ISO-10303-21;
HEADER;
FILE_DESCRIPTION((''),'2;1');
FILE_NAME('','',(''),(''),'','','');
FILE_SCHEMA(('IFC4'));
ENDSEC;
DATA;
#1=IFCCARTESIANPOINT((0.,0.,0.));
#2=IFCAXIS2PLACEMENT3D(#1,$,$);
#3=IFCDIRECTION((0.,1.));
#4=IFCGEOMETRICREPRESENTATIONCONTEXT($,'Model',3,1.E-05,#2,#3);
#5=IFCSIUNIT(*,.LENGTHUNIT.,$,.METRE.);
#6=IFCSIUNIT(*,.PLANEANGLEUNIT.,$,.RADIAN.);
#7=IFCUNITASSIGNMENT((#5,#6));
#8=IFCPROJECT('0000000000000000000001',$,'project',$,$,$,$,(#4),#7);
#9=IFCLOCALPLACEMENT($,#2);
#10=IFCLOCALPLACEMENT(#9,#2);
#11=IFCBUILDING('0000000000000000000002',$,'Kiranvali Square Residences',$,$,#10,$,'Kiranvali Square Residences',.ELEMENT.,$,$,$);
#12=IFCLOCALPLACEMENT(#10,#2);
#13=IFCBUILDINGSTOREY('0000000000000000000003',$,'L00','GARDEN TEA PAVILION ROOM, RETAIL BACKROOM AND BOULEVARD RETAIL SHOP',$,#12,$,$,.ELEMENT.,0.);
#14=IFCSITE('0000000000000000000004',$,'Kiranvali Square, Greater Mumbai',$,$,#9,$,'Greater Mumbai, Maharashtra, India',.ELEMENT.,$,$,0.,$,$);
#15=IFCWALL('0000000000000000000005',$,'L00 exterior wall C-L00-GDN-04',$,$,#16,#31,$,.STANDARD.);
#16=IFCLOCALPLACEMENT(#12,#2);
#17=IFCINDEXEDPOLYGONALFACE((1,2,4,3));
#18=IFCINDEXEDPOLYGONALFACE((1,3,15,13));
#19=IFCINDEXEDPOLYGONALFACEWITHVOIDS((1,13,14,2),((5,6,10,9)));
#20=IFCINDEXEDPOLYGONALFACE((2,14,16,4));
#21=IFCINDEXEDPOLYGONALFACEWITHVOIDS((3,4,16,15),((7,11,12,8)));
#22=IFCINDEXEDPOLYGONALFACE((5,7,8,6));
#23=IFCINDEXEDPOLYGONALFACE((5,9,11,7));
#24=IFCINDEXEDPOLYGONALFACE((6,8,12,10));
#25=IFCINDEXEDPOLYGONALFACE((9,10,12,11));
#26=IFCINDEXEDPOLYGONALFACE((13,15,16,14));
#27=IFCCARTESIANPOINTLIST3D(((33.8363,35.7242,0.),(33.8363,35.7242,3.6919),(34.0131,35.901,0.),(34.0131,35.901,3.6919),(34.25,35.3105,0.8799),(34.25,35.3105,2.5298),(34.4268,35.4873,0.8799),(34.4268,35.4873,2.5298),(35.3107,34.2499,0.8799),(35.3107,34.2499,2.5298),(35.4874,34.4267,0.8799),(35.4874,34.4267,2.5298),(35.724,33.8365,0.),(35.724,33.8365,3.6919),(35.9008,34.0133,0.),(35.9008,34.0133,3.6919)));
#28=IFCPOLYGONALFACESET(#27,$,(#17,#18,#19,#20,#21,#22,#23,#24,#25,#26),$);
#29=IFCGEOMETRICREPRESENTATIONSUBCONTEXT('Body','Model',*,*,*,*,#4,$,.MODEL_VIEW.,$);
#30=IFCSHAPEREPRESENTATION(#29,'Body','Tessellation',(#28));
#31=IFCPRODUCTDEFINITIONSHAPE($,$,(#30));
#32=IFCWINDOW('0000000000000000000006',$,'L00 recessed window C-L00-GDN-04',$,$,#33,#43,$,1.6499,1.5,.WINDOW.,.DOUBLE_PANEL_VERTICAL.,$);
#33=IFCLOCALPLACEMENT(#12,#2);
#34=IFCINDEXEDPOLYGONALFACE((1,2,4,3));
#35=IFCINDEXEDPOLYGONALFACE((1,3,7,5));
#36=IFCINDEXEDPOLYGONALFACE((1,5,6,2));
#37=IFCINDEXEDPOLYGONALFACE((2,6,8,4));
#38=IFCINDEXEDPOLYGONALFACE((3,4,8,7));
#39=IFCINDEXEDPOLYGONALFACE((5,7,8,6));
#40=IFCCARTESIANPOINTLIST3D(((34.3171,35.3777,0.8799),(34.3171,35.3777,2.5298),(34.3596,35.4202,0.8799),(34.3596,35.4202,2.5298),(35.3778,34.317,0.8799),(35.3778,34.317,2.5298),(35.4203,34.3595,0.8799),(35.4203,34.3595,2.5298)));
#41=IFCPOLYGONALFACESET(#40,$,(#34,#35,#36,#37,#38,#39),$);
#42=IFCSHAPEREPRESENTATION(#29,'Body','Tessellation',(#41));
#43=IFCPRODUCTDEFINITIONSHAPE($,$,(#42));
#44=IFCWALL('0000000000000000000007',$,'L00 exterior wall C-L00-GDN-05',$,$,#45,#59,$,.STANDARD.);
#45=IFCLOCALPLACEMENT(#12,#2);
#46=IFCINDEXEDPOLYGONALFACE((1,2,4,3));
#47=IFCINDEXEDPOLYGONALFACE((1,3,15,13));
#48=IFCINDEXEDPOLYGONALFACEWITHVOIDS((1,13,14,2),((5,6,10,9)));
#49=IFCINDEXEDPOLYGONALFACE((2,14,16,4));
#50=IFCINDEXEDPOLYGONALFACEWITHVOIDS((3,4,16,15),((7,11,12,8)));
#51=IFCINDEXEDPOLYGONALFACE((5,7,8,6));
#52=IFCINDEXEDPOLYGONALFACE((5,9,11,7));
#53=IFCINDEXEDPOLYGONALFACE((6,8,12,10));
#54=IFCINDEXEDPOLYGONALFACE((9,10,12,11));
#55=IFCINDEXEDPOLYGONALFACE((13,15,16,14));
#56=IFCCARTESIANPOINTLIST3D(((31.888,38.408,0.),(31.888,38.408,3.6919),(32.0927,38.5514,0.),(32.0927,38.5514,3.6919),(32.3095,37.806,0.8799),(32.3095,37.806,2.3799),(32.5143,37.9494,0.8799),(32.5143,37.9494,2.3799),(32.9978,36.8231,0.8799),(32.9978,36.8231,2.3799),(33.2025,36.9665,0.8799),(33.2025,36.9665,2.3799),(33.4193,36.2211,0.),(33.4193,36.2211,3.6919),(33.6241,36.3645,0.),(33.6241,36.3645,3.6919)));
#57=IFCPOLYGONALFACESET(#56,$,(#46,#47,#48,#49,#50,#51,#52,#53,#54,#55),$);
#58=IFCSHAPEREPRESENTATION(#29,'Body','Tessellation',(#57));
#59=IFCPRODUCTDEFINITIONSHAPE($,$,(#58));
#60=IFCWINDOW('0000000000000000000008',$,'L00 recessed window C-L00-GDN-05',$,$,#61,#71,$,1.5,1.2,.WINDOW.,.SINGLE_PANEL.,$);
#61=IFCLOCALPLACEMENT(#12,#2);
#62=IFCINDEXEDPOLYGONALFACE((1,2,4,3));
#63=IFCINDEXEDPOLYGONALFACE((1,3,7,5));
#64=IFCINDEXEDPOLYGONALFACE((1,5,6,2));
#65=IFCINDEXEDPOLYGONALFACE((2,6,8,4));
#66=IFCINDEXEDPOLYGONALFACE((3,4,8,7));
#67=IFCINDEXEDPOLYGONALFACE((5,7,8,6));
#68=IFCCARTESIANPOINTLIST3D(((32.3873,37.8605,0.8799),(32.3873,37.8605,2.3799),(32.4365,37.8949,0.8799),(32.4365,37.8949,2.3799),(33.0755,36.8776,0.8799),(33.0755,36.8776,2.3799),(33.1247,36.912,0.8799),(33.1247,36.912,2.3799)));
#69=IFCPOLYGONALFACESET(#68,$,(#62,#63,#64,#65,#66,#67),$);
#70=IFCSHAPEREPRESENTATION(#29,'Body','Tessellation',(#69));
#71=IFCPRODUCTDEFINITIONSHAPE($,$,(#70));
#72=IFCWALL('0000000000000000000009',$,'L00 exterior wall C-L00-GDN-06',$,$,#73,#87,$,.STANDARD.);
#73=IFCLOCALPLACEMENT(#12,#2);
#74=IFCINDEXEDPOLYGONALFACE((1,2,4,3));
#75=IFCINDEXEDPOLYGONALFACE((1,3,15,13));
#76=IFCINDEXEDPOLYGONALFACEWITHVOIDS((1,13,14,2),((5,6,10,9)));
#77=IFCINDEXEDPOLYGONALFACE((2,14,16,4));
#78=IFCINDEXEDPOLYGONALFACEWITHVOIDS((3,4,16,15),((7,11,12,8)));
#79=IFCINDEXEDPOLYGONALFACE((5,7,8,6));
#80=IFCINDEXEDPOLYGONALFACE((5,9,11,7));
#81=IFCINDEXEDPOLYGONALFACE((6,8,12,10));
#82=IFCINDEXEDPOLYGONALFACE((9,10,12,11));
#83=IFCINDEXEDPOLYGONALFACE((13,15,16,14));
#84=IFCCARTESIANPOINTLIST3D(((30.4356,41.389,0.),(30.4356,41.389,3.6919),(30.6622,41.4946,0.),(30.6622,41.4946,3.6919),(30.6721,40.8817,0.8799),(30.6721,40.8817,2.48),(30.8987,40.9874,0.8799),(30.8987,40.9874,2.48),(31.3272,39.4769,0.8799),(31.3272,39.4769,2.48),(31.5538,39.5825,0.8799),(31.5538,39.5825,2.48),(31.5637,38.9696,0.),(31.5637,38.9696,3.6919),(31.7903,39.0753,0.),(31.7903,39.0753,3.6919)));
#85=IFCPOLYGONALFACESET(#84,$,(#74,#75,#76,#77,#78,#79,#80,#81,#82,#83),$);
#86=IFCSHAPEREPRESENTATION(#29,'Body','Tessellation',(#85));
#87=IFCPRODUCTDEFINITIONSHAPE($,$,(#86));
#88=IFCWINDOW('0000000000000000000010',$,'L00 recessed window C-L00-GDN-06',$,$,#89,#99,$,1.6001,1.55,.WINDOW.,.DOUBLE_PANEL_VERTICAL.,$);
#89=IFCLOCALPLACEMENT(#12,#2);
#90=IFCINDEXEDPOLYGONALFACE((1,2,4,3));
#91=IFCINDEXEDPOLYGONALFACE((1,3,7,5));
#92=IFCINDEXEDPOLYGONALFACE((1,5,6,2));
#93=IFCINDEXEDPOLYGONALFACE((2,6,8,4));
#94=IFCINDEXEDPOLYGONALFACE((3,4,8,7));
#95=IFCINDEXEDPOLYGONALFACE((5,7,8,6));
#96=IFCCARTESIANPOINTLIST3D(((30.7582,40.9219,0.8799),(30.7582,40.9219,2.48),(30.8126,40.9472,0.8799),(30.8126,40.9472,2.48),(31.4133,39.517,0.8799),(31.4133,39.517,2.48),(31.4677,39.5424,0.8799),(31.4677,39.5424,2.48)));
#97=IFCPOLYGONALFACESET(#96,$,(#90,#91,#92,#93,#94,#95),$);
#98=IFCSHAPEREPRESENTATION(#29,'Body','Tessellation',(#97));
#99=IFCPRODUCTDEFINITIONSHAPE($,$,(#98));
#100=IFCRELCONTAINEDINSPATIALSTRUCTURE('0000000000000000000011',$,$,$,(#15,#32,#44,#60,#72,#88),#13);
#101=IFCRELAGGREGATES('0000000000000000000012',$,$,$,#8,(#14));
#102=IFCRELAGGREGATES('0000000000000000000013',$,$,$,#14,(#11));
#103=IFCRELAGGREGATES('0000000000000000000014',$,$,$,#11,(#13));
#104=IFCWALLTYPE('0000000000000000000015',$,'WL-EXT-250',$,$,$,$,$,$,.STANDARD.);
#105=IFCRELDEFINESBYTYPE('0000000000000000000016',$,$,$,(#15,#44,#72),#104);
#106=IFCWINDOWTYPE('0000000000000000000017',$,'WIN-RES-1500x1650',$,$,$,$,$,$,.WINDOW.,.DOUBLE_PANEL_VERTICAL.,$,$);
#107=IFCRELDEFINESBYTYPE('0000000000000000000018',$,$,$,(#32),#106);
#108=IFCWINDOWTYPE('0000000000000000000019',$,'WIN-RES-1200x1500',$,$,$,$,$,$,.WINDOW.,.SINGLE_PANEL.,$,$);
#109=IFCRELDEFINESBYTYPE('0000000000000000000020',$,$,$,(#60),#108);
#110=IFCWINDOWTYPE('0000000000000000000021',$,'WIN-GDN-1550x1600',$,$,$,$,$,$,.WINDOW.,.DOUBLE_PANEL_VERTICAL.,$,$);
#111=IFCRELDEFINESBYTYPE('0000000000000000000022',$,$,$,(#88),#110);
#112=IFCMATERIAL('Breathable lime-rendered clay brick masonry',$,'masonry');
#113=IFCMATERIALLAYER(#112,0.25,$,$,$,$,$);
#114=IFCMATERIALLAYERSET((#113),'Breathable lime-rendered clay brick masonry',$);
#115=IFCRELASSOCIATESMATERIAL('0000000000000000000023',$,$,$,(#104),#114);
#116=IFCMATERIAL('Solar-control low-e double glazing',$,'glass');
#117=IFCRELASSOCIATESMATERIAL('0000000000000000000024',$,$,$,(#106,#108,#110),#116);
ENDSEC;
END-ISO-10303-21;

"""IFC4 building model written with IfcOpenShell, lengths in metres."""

from ifc_helpers import new_model, si_unit, direction, frame, frame_2d, origin, place, context, subcontext, project, spatial, rectangle, extrude, material, layer, layer_set, type_object, element, fill, save


model = new_model("IFC4")

# Units and contexts
model_context = context("Model", 3, precision=1e-05, world=origin(), true_north=direction((0.0, 1.0)))
body_context = subcontext(model_context, "Body", "Model", "MODEL_VIEW")
ifc_project = project(units=[si_unit("LENGTHUNIT", "METRE"), si_unit("PLANEANGLEUNIT", "RADIAN")], contexts=[model_context])

# Site, building, storey
site_placement = place(None, origin())
site = spatial("IfcSite", under=ifc_project, at=site_placement, Name="Kiranvali Square, Greater Mumbai", LongName="Greater Mumbai, Maharashtra, India", CompositionType="ELEMENT", RefElevation=0.0)
building_placement = place(site_placement, origin())
building = spatial("IfcBuilding", under=site, at=building_placement, Name="Kiranvali Square Residences", LongName="Kiranvali Square Residences", CompositionType="ELEMENT")
storey_placement = place(building_placement, origin())
storey = spatial("IfcBuildingStorey", under=building, at=storey_placement, Name="L00", Description="GARDEN TEA PAVILION ROOM, RETAIL BACKROOM AND BOULEVARD RETAIL SHOP", CompositionType="ELEMENT", Elevation=0.0)

# Shared definitions
ifc_material_1 = material(Name="Solar-control low-e double glazing", Category="glass")

# Walls, openings, windows
ifc_material_2 = material(Name="Breathable lime-rendered clay brick masonry", Category="masonry")
ifc_layer_1 = layer(ifc_material_2, 0.25)
ifc_layer_set_1 = layer_set([ifc_layer_1], Name="Breathable lime-rendered clay brick masonry")
wall_type_1 = type_object("IfcWallType", Name="WL-EXT-250", PredefinedType="STANDARD", material=ifc_layer_set_1)
wall_1_placement = place(storey_placement, frame((35.8125, 33.9248, 0.0), z_axis=(0.0, 0.0, 1.0), x_axis=(-0.707107, 0.707107, 0.0)))
wall_1 = element("IfcWall", 1, at=wall_1_placement, inside=storey, type_object=wall_type_1, Name="L00 exterior wall C-L00-GDN-04", PredefinedType="STANDARD", context=body_context, shape_type="SweptSolid", body=[
    extrude(rectangle(XDim=2.6697, YDim=0.25, at=frame_2d((1.335, 0.0))), origin(), (0.0, 0.0, 1.0), 3.6919),
])
opening_1_placement = place(wall_1_placement, frame((0.5847, 0.0, 0.8799)))
opening_1 = element("IfcOpeningElement", 2, at=opening_1_placement, cuts=wall_1, PredefinedType="OPENING", context=body_context, shape_type="SweptSolid", body=[
    extrude(rectangle(XDim=1.5, YDim=1.6499, at=frame_2d((0.75, 0.825))), frame((0.0, 0.135, 0.0), z_axis=(0.0, -1.0, 0.0), x_axis=(1.0, 0.0, 0.0)), (0.0, 0.0, 1.0), 0.27),
])
window_type_1 = type_object("IfcWindowType", Name="WIN-RES-1500x1650", PartitioningType="DOUBLE_PANEL_VERTICAL", PredefinedType="WINDOW", material=ifc_material_1)
window_1_placement = place(opening_1_placement, origin())
window_1 = element("IfcWindow", 3, at=window_1_placement, inside=storey, type_object=window_type_1, Name="L00 recessed window C-L00-GDN-04", OverallHeight=1.6499, OverallWidth=1.5, PartitioningType="DOUBLE_PANEL_VERTICAL", PredefinedType="WINDOW", context=body_context, shape_type="SweptSolid", body=[
    extrude(rectangle(XDim=1.5, YDim=1.6499, at=frame_2d((0.75, 0.825))), frame((0.0, 0.03, 0.0), z_axis=(0.0, -1.0, 0.0), x_axis=(1.0, 0.0, 0.0)), (0.0, 0.0, 1.0), 0.0601),
])
fill(opening_1, window_1)
wall_2_placement = place(storey_placement, frame((33.5217, 36.2927, 0.0), z_axis=(0.0, 0.0, 1.0), x_axis=(-0.573591, 0.819142, 0.0)))
wall_2 = element("IfcWall", 4, at=wall_2_placement, inside=storey, type_object=wall_type_1, Name="L00 exterior wall C-L00-GDN-05", PredefinedType="STANDARD", context=body_context, shape_type="SweptSolid", body=[
    extrude(rectangle(XDim=2.6697, YDim=0.25, at=frame_2d((1.335, 0.0))), origin(), (0.0, 0.0, 1.0), 3.6919),
])
opening_2_placement = place(wall_2_placement, frame((0.7349, 0.0, 0.8799)))
opening_2 = element("IfcOpeningElement", 5, at=opening_2_placement, cuts=wall_2, PredefinedType="OPENING", context=body_context, shape_type="SweptSolid", body=[
    extrude(rectangle(XDim=1.2, YDim=1.5, at=frame_2d((0.6001, 0.75))), frame((0.0, 0.135, 0.0), z_axis=(0.0, -1.0, 0.0), x_axis=(1.0, 0.0, 0.0)), (0.0, 0.0, 1.0), 0.27),
])
window_type_2 = type_object("IfcWindowType", Name="WIN-RES-1200x1500", PartitioningType="SINGLE_PANEL", PredefinedType="WINDOW", material=ifc_material_1)
window_2_placement = place(opening_2_placement, origin())
window_2 = element("IfcWindow", 6, at=window_2_placement, inside=storey, type_object=window_type_2, Name="L00 recessed window C-L00-GDN-05", OverallHeight=1.5, OverallWidth=1.2, PartitioningType="SINGLE_PANEL", PredefinedType="WINDOW", context=body_context, shape_type="SweptSolid", body=[
    extrude(rectangle(XDim=1.2, YDim=1.5, at=frame_2d((0.6001, 0.75))), frame((0.0, 0.03, 0.0), z_axis=(0.0, -1.0, 0.0), x_axis=(1.0, 0.0, 0.0)), (0.0, 0.0, 1.0), 0.0601),
])
fill(opening_2, window_2)
wall_3_placement = place(storey_placement, frame((31.677, 39.0225, 0.0), z_axis=(0.0, 0.0, 1.0), x_axis=(-0.42261, 0.906312, 0.0)))
wall_3 = element("IfcWall", 7, at=wall_3_placement, inside=storey, type_object=wall_type_1, Name="L00 exterior wall C-L00-GDN-06", PredefinedType="STANDARD", context=body_context, shape_type="SweptSolid", body=[
    extrude(rectangle(XDim=2.6694, YDim=0.25, at=frame_2d((1.3347, 0.0))), origin(), (0.0, 0.0, 1.0), 3.6919),
])
opening_3_placement = place(wall_3_placement, frame((0.5598, 0.0, 0.8799)))
opening_3 = element("IfcOpeningElement", 8, at=opening_3_placement, cuts=wall_3, PredefinedType="OPENING", context=body_context, shape_type="SweptSolid", body=[
    extrude(rectangle(XDim=1.55, YDim=1.6001, at=frame_2d((0.7749, 0.8))), frame((0.0, 0.135, 0.0), z_axis=(0.0, -1.0, 0.0), x_axis=(1.0, 0.0, 0.0)), (0.0, 0.0, 1.0), 0.27),
])
window_type_3 = type_object("IfcWindowType", Name="WIN-GDN-1550x1600", PartitioningType="DOUBLE_PANEL_VERTICAL", PredefinedType="WINDOW", material=ifc_material_1)
window_3_placement = place(opening_3_placement, origin())
window_3 = element("IfcWindow", 9, at=window_3_placement, inside=storey, type_object=window_type_3, Name="L00 recessed window C-L00-GDN-06", OverallHeight=1.6001, OverallWidth=1.55, PartitioningType="DOUBLE_PANEL_VERTICAL", PredefinedType="WINDOW", context=body_context, shape_type="SweptSolid", body=[
    extrude(rectangle(XDim=1.55, YDim=1.6001, at=frame_2d((0.7749, 0.8))), frame((0.0, 0.03, 0.0), z_axis=(0.0, -1.0, 0.0), x_axis=(1.0, 0.0, 0.0)), (0.0, 0.0, 1.0), 0.0601),
])
fill(opening_3, window_3)

save(model, "model.ifc")
